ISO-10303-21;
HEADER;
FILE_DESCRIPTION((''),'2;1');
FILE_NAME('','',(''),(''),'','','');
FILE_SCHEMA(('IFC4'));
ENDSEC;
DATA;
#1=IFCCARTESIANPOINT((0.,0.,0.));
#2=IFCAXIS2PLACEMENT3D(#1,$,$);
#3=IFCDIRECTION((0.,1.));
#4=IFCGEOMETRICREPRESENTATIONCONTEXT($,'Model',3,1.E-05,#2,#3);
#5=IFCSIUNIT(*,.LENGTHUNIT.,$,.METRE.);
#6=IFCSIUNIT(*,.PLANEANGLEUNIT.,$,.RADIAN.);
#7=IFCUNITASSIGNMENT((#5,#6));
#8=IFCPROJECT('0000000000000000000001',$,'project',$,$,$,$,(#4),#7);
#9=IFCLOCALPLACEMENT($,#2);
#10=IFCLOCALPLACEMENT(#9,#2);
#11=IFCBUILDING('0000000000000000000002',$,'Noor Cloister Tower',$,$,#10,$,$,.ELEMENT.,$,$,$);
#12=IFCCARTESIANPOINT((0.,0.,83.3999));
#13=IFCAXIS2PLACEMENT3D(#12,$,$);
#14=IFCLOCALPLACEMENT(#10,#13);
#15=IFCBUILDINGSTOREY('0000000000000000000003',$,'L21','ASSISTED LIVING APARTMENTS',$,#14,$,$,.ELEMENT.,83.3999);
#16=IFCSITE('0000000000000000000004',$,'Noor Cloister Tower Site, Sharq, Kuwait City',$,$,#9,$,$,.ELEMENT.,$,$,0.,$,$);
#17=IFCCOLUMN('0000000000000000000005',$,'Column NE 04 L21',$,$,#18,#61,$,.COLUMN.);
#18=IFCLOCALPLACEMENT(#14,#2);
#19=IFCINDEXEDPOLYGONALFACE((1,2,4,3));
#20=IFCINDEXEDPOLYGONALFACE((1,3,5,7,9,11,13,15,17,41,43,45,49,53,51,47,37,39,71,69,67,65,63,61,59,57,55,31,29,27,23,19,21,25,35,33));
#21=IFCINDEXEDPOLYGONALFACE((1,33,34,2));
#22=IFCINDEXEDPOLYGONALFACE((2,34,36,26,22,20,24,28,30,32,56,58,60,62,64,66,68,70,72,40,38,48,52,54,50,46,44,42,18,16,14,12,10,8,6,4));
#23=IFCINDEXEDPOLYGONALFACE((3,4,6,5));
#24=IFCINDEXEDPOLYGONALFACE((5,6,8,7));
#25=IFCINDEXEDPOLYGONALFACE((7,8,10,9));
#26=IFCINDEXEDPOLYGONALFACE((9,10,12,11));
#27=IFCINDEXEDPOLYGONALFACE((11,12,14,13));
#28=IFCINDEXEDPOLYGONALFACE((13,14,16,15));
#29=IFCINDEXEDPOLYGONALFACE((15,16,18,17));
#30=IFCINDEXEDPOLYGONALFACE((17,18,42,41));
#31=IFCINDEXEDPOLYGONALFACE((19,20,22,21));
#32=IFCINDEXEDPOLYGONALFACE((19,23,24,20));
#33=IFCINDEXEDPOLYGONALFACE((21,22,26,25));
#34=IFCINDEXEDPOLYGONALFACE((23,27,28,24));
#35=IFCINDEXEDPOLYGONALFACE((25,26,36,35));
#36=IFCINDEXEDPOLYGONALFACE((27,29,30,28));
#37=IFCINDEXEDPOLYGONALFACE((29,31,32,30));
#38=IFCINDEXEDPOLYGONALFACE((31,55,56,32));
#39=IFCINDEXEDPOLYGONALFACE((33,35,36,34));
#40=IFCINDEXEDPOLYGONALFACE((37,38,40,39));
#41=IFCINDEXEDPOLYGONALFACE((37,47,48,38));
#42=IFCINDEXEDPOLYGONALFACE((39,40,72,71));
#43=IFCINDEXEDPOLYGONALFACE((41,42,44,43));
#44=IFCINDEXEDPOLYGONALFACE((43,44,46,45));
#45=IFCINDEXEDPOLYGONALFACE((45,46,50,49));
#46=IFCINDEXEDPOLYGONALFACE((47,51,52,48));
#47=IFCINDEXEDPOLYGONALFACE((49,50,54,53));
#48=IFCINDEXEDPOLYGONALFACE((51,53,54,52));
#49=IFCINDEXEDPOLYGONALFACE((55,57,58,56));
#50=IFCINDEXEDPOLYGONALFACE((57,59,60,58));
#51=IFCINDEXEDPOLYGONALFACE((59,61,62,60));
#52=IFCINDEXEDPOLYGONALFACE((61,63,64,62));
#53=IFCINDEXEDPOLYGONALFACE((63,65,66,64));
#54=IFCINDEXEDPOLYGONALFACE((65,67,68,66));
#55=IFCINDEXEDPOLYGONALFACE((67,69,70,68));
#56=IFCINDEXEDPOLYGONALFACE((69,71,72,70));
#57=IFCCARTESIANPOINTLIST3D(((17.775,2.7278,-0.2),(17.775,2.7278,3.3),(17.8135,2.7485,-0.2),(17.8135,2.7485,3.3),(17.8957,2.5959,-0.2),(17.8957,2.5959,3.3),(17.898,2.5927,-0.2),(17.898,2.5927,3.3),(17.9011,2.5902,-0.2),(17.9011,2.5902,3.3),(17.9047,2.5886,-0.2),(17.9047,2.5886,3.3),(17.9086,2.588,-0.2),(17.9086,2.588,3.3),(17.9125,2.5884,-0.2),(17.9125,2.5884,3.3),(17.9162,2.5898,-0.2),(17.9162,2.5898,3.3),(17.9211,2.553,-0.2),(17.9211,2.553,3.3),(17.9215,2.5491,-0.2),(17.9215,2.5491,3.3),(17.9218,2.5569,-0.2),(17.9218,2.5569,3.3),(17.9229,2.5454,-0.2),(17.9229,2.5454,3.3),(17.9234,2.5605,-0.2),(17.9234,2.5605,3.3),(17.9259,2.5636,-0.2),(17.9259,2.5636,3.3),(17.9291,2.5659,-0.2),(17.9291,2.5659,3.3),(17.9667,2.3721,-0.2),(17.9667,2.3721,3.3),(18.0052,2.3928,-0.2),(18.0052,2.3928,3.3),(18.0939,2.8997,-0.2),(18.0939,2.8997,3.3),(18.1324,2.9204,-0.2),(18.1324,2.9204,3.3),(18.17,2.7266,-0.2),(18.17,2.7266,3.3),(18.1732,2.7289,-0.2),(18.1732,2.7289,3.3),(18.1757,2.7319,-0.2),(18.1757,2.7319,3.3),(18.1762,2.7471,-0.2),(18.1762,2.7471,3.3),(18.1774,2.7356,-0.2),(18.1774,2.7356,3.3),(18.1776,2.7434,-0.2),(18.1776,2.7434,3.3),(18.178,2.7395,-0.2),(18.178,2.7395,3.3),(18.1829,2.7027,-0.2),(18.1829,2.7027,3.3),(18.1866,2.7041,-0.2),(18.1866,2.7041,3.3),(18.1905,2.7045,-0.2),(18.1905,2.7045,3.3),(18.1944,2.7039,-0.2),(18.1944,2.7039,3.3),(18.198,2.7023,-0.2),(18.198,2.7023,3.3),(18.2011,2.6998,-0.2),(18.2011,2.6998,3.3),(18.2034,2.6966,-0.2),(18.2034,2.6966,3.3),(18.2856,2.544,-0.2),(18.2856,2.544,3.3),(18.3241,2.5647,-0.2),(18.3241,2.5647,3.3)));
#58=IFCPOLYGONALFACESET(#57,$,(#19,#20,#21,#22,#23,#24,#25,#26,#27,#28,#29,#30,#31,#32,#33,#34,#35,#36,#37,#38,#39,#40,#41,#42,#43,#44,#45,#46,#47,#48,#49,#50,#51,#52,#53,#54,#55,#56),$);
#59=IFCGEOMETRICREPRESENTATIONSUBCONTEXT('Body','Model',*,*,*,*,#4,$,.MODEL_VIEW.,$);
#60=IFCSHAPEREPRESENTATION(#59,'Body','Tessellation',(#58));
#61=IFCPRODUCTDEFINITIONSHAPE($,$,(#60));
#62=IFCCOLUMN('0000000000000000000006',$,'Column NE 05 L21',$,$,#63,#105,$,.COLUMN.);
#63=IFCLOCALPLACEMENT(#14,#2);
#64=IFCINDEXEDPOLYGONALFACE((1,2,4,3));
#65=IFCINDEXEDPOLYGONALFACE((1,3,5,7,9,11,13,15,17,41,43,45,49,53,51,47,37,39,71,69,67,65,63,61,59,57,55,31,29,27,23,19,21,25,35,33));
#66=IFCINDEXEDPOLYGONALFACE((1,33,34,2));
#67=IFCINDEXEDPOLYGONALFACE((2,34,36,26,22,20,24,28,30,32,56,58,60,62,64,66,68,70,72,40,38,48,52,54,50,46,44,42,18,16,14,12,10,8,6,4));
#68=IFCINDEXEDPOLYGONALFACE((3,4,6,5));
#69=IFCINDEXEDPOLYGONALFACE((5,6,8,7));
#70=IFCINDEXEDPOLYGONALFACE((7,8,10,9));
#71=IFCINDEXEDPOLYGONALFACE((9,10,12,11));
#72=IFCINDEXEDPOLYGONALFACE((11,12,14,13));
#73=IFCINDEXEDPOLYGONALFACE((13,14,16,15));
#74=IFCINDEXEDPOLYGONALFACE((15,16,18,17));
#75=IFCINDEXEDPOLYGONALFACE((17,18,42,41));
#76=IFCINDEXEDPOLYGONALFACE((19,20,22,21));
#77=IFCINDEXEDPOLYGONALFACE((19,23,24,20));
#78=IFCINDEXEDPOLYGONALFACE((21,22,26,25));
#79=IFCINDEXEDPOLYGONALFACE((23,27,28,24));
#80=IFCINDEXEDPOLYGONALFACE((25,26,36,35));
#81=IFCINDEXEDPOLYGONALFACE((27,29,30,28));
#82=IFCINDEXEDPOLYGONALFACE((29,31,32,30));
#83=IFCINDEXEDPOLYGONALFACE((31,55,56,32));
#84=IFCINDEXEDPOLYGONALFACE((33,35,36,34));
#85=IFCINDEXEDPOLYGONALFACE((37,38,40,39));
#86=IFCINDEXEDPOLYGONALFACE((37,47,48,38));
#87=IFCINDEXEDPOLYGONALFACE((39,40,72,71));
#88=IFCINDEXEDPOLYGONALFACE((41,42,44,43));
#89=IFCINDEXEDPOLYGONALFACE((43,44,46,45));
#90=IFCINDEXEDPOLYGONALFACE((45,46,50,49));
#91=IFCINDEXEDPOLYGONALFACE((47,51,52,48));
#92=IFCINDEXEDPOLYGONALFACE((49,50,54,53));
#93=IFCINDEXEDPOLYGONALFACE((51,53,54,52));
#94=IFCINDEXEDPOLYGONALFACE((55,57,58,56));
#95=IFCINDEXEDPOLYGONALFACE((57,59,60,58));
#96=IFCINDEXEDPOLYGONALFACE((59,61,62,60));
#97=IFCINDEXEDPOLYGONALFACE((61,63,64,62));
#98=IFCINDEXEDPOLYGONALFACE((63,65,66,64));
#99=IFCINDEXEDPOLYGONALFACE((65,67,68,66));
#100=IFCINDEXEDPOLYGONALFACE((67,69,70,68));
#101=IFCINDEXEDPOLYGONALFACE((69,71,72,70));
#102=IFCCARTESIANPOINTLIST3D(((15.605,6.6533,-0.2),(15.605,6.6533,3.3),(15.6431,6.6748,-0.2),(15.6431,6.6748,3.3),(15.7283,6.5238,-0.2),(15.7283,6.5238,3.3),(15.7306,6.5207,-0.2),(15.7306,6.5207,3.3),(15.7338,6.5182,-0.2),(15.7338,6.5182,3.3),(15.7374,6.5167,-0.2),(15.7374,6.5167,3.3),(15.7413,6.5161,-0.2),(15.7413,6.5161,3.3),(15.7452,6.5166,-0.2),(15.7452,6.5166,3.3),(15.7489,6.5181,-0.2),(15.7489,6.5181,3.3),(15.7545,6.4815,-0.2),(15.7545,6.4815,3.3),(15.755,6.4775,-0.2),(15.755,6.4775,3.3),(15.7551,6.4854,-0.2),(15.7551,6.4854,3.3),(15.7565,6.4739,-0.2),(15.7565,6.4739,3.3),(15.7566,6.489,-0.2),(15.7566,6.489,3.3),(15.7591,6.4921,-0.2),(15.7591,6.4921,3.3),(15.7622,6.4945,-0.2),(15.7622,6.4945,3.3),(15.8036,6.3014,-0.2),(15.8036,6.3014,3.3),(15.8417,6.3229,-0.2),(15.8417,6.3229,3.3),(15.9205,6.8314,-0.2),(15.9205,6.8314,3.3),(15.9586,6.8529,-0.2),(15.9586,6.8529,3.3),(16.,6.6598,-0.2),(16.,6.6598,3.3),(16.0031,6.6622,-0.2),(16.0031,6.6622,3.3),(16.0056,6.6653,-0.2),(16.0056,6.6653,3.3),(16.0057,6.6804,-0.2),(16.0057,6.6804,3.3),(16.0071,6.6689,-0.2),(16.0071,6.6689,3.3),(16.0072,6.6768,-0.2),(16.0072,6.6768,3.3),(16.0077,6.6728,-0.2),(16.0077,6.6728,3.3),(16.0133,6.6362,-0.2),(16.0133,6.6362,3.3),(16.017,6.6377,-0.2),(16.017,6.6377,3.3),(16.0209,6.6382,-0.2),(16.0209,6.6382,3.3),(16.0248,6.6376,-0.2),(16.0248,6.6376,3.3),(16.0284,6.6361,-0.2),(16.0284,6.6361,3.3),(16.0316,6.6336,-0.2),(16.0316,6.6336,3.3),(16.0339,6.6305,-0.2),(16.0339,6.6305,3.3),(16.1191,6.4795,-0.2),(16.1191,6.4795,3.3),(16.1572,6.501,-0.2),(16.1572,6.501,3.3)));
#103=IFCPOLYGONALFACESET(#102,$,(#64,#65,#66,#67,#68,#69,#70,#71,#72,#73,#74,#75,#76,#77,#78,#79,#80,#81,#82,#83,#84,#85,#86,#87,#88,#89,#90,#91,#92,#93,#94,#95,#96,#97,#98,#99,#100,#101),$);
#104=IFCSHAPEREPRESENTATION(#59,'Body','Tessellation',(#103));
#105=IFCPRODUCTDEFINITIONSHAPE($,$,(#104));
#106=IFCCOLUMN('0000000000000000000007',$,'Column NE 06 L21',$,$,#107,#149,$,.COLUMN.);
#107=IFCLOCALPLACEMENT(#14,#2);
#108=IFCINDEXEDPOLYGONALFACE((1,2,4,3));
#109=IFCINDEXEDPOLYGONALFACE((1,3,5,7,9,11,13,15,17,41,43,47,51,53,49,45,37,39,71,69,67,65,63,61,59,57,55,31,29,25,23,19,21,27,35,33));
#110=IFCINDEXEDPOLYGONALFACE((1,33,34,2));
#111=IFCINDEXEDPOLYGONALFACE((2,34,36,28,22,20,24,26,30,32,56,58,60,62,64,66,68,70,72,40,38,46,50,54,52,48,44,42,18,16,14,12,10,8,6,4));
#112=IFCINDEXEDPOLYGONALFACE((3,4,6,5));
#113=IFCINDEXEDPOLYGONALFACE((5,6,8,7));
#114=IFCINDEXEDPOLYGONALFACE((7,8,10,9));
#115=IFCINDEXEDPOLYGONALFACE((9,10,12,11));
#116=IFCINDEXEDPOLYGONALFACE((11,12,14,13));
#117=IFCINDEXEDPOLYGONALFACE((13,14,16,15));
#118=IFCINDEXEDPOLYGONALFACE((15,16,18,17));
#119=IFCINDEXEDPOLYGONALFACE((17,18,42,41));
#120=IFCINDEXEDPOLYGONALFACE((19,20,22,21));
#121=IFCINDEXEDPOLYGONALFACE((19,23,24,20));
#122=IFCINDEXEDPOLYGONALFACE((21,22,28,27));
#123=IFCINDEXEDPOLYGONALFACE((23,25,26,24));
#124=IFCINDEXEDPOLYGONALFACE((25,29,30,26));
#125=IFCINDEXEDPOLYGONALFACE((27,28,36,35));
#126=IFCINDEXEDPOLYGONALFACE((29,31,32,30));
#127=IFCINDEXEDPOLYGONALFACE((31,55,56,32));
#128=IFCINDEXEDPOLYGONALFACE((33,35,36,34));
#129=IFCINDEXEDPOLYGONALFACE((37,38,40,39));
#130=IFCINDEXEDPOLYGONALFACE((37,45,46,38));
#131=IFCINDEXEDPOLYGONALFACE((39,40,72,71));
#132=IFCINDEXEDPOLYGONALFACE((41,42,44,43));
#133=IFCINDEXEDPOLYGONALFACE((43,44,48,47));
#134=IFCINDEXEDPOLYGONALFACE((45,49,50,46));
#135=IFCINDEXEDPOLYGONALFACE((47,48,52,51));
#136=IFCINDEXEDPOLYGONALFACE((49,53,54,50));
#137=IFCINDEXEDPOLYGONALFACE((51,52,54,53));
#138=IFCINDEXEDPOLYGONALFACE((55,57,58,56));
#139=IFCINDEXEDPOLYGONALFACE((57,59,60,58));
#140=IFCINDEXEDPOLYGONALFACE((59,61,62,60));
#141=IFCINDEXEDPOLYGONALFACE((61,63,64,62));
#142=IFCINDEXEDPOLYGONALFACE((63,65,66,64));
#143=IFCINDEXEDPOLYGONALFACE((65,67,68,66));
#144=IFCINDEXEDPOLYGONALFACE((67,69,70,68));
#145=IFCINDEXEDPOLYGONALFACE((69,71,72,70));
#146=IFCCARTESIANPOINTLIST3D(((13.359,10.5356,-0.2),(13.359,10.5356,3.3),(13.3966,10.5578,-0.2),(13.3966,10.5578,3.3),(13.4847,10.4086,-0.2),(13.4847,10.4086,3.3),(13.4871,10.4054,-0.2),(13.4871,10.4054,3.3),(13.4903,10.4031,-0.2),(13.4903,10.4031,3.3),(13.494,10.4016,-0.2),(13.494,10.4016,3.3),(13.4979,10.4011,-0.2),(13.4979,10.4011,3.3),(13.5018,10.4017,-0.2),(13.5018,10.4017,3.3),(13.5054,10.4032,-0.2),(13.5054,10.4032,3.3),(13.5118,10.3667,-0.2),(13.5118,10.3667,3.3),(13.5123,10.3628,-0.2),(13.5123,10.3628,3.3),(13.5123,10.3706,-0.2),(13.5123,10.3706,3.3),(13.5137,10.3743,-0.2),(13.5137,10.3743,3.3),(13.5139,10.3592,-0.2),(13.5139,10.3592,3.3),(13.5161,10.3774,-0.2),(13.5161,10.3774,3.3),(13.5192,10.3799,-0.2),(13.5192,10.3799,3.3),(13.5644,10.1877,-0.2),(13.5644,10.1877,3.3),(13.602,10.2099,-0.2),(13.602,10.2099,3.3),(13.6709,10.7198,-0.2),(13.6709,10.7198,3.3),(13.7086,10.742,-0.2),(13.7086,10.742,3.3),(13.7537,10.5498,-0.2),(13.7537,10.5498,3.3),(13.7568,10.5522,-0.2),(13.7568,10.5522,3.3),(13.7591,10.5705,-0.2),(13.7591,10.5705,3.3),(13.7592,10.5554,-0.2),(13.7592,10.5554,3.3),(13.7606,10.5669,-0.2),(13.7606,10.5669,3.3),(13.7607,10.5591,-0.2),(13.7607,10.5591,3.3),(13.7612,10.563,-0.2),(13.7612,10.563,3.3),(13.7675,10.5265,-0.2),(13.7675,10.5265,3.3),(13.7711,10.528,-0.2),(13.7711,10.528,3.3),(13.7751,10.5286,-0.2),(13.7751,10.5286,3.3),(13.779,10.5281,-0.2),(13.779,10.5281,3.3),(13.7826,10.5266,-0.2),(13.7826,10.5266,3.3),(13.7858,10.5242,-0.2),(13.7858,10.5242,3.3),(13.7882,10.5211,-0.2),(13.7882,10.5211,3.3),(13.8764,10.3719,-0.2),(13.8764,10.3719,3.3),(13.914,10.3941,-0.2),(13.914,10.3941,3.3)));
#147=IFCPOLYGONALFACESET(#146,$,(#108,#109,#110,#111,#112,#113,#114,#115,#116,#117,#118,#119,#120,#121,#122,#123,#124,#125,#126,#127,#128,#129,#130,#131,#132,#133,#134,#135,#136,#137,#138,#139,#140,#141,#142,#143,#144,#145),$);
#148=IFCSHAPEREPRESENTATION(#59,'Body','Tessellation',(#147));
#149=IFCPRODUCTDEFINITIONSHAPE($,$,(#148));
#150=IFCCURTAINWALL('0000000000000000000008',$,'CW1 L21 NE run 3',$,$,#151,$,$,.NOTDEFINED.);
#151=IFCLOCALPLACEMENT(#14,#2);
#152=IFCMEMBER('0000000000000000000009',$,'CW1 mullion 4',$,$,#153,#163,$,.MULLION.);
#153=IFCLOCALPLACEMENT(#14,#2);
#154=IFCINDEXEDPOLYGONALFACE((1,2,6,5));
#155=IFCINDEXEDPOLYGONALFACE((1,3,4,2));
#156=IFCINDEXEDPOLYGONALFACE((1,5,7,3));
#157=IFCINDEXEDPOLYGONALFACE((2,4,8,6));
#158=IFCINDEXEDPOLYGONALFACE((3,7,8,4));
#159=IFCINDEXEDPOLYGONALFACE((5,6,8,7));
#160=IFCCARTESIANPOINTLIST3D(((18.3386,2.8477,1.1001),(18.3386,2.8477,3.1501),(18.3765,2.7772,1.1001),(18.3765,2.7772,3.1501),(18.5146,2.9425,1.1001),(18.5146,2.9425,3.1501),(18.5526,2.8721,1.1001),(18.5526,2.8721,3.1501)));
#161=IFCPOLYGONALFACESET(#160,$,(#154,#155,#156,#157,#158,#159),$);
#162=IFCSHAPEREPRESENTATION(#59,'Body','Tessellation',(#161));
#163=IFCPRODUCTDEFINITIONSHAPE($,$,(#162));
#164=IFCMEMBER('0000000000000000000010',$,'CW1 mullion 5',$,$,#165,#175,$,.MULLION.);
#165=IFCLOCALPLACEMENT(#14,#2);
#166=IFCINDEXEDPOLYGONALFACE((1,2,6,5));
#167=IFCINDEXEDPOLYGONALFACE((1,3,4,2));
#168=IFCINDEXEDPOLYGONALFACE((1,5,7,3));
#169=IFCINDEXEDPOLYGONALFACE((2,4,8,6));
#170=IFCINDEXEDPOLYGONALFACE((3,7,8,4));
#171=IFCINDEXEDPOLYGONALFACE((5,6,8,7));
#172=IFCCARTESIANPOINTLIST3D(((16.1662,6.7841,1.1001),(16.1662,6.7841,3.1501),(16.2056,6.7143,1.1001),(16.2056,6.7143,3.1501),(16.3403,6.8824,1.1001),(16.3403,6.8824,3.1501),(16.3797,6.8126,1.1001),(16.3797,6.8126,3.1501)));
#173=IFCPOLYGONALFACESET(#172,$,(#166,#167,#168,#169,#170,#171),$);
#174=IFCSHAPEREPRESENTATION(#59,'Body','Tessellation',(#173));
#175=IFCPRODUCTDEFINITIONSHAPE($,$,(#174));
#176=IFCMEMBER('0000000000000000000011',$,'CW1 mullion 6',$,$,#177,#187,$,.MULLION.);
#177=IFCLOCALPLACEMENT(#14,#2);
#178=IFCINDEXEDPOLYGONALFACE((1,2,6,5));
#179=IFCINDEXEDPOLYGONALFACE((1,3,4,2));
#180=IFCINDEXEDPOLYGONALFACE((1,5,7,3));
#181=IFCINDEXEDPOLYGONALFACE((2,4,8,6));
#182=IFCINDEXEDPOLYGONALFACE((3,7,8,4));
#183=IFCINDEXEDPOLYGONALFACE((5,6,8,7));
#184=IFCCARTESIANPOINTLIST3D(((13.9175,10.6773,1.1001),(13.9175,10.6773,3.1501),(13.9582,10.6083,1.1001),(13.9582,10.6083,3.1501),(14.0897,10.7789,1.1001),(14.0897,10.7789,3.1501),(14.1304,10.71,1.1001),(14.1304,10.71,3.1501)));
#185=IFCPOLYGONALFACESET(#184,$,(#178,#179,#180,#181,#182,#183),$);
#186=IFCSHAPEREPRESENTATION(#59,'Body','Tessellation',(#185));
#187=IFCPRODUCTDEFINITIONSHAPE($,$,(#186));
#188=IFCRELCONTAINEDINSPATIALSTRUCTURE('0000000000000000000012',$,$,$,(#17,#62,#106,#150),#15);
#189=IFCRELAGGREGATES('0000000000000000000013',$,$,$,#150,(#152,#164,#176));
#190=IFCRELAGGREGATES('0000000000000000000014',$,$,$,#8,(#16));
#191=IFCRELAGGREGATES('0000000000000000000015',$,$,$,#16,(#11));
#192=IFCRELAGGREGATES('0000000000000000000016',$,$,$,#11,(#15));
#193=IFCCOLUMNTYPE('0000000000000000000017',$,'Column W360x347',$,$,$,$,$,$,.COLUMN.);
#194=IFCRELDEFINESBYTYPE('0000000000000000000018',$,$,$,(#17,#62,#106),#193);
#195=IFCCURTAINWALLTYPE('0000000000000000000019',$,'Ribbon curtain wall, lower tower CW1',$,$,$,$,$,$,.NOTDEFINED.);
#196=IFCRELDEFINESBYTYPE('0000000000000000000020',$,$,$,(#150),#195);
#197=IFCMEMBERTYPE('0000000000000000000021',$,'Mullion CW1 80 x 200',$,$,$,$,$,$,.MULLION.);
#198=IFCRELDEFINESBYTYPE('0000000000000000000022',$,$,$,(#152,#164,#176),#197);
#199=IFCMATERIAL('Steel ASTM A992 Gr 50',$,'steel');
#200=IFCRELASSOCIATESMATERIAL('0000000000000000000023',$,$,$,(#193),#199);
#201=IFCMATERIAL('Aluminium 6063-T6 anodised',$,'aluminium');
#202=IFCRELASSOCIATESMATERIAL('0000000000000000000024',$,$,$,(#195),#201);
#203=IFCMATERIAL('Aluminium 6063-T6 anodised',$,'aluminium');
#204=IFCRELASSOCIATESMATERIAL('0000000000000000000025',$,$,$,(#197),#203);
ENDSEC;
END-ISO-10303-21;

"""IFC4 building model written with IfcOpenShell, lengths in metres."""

from ifc_helpers import new_model, si_unit, direction, frame, origin, origin_2d, place, context, subcontext, project, spatial, rectangle, i_section, extrude, material, material_profile, profile_set, type_object, element, aggregate, save


model = new_model("IFC4")

# Units and contexts
model_context = context("Model", 3, precision=1e-05, world=origin(), true_north=direction((0.0, 1.0)))
body_context = subcontext(model_context, "Body", "Model", "MODEL_VIEW")
ifc_project = project(units=[si_unit("LENGTHUNIT", "METRE"), si_unit("PLANEANGLEUNIT", "RADIAN")], contexts=[model_context])

# Site, building, storey
site_placement = place(None, origin())
site = spatial("IfcSite", under=ifc_project, at=site_placement, Name="Noor Cloister Tower Site, Sharq, Kuwait City", CompositionType="ELEMENT", RefElevation=0.0)
building_placement = place(site_placement, origin())
building = spatial("IfcBuilding", under=site, at=building_placement, Name="Noor Cloister Tower", CompositionType="ELEMENT")
storey_placement = place(building_placement, frame((0.0, 0.0, 83.3999)))
storey = spatial("IfcBuildingStorey", under=building, at=storey_placement, Name="L21", Description="ASSISTED LIVING APARTMENTS", CompositionType="ELEMENT", Elevation=83.3999)

# Columns
ifc_material_1 = material(Name="Steel ASTM A992 Gr 50", Category="steel")
ifc_material_profile_1 = material_profile(ifc_material_1, i_section(OverallWidth=0.4041, OverallDepth=0.406, WebThickness=0.0271, FlangeThickness=0.0437, FilletRadius=0.0151, at=origin_2d()), Name="W360x347")
ifc_profile_set_1 = profile_set([ifc_material_profile_1], Name="Steel ASTM A992 Gr 50")
column_type = type_object("IfcColumnType", Name="Column W360x347", PredefinedType="COLUMN", material=ifc_profile_set_1)
for number, where, z_axis, x_axis, name in (
    (1, (18.0496, 2.6462, -0.2), (0.0, 0.0, 1.0), (-0.474485, 0.880264, 0.0), "Column NE 04 L21"),
    (2, (15.8811, 6.5771, -0.2), (0.0, 0.0, 1.0), (-0.491541, 0.870854, 0.0), "Column NE 05 L21"),
    (3, (13.6365, 10.4648, -0.2), (0.0, 0.0, 1.0), (-0.508411, 0.861114, 0.0), "Column NE 06 L21"),
):
    element("IfcColumn", number, at=place(storey_placement, frame(where, z_axis=z_axis, x_axis=x_axis)), inside=storey, type_object=column_type, Name=name, PredefinedType="COLUMN", context=body_context, shape_type="SweptSolid", body=[
        extrude(i_section(OverallWidth=0.4041, OverallDepth=0.406, WebThickness=0.0271, FlangeThickness=0.0437, FilletRadius=0.0151, at=origin_2d()), origin(), (0.0, 0.0, 1.0), 3.5),
    ])

# Curtain wall, members
ifc_material_2 = material(Name="Aluminium 6063-T6 anodised", Category="aluminium")
curtain_wall_type = type_object("IfcCurtainWallType", Name="Ribbon curtain wall, lower tower CW1", PredefinedType="NOTDEFINED", material=ifc_material_2)
curtain_wall_placement = place(storey_placement, origin())
curtain_wall = element("IfcCurtainWall", 4, at=curtain_wall_placement, inside=storey, type_object=curtain_wall_type, Name="CW1 L21 NE run 3", PredefinedType="NOTDEFINED")
ifc_material_3 = material(Name="Aluminium 6063-T6 anodised", Category="aluminium")
ifc_material_profile_2 = material_profile(ifc_material_3, rectangle(XDim=0.2, YDim=0.0801, at=origin_2d()), Name="200 x 80 mullion")
ifc_profile_set_2 = profile_set([ifc_material_profile_2], Name="Aluminium 6063-T6 anodised")
member_type = type_object("IfcMemberType", Name="Mullion CW1 80 x 200", PredefinedType="MULLION", material=ifc_profile_set_2)
member_1_placement = place(storey_placement, frame((18.4456, 2.8599, 1.1001), z_axis=(0.0, 0.0, 1.0), x_axis=(-0.880264, -0.474485, 0.0)))
member_1 = element("IfcMember", 5, at=member_1_placement, type_object=member_type, Name="CW1 mullion 4", PredefinedType="MULLION", context=body_context, shape_type="SweptSolid", body=[
    extrude(rectangle(XDim=0.2, YDim=0.0801, at=origin_2d()), origin(), (0.0, 0.0, 1.0), 2.05),
])
member_2_placement = place(storey_placement, frame((16.2729, 6.7983, 1.1001), z_axis=(0.0, 0.0, 1.0), x_axis=(-0.870854, -0.491541, 0.0)))
member_2 = element("IfcMember", 6, at=member_2_placement, type_object=member_type, Name="CW1 mullion 5", PredefinedType="MULLION", context=body_context, shape_type="SweptSolid", body=[
    extrude(rectangle(XDim=0.2, YDim=0.0801, at=origin_2d()), origin(), (0.0, 0.0, 1.0), 2.05),
])
member_3_placement = place(storey_placement, frame((14.0239, 10.6936, 1.1001), z_axis=(0.0, 0.0, 1.0), x_axis=(-0.861114, -0.508411, 0.0)))
member_3 = element("IfcMember", 7, at=member_3_placement, type_object=member_type, Name="CW1 mullion 6", PredefinedType="MULLION", context=body_context, shape_type="SweptSolid", body=[
    extrude(rectangle(XDim=0.2, YDim=0.0801, at=origin_2d()), origin(), (0.0, 0.0, 1.0), 2.05),
])

aggregate(curtain_wall, [member_1, member_2, member_3])

save(model, "model.ifc")
